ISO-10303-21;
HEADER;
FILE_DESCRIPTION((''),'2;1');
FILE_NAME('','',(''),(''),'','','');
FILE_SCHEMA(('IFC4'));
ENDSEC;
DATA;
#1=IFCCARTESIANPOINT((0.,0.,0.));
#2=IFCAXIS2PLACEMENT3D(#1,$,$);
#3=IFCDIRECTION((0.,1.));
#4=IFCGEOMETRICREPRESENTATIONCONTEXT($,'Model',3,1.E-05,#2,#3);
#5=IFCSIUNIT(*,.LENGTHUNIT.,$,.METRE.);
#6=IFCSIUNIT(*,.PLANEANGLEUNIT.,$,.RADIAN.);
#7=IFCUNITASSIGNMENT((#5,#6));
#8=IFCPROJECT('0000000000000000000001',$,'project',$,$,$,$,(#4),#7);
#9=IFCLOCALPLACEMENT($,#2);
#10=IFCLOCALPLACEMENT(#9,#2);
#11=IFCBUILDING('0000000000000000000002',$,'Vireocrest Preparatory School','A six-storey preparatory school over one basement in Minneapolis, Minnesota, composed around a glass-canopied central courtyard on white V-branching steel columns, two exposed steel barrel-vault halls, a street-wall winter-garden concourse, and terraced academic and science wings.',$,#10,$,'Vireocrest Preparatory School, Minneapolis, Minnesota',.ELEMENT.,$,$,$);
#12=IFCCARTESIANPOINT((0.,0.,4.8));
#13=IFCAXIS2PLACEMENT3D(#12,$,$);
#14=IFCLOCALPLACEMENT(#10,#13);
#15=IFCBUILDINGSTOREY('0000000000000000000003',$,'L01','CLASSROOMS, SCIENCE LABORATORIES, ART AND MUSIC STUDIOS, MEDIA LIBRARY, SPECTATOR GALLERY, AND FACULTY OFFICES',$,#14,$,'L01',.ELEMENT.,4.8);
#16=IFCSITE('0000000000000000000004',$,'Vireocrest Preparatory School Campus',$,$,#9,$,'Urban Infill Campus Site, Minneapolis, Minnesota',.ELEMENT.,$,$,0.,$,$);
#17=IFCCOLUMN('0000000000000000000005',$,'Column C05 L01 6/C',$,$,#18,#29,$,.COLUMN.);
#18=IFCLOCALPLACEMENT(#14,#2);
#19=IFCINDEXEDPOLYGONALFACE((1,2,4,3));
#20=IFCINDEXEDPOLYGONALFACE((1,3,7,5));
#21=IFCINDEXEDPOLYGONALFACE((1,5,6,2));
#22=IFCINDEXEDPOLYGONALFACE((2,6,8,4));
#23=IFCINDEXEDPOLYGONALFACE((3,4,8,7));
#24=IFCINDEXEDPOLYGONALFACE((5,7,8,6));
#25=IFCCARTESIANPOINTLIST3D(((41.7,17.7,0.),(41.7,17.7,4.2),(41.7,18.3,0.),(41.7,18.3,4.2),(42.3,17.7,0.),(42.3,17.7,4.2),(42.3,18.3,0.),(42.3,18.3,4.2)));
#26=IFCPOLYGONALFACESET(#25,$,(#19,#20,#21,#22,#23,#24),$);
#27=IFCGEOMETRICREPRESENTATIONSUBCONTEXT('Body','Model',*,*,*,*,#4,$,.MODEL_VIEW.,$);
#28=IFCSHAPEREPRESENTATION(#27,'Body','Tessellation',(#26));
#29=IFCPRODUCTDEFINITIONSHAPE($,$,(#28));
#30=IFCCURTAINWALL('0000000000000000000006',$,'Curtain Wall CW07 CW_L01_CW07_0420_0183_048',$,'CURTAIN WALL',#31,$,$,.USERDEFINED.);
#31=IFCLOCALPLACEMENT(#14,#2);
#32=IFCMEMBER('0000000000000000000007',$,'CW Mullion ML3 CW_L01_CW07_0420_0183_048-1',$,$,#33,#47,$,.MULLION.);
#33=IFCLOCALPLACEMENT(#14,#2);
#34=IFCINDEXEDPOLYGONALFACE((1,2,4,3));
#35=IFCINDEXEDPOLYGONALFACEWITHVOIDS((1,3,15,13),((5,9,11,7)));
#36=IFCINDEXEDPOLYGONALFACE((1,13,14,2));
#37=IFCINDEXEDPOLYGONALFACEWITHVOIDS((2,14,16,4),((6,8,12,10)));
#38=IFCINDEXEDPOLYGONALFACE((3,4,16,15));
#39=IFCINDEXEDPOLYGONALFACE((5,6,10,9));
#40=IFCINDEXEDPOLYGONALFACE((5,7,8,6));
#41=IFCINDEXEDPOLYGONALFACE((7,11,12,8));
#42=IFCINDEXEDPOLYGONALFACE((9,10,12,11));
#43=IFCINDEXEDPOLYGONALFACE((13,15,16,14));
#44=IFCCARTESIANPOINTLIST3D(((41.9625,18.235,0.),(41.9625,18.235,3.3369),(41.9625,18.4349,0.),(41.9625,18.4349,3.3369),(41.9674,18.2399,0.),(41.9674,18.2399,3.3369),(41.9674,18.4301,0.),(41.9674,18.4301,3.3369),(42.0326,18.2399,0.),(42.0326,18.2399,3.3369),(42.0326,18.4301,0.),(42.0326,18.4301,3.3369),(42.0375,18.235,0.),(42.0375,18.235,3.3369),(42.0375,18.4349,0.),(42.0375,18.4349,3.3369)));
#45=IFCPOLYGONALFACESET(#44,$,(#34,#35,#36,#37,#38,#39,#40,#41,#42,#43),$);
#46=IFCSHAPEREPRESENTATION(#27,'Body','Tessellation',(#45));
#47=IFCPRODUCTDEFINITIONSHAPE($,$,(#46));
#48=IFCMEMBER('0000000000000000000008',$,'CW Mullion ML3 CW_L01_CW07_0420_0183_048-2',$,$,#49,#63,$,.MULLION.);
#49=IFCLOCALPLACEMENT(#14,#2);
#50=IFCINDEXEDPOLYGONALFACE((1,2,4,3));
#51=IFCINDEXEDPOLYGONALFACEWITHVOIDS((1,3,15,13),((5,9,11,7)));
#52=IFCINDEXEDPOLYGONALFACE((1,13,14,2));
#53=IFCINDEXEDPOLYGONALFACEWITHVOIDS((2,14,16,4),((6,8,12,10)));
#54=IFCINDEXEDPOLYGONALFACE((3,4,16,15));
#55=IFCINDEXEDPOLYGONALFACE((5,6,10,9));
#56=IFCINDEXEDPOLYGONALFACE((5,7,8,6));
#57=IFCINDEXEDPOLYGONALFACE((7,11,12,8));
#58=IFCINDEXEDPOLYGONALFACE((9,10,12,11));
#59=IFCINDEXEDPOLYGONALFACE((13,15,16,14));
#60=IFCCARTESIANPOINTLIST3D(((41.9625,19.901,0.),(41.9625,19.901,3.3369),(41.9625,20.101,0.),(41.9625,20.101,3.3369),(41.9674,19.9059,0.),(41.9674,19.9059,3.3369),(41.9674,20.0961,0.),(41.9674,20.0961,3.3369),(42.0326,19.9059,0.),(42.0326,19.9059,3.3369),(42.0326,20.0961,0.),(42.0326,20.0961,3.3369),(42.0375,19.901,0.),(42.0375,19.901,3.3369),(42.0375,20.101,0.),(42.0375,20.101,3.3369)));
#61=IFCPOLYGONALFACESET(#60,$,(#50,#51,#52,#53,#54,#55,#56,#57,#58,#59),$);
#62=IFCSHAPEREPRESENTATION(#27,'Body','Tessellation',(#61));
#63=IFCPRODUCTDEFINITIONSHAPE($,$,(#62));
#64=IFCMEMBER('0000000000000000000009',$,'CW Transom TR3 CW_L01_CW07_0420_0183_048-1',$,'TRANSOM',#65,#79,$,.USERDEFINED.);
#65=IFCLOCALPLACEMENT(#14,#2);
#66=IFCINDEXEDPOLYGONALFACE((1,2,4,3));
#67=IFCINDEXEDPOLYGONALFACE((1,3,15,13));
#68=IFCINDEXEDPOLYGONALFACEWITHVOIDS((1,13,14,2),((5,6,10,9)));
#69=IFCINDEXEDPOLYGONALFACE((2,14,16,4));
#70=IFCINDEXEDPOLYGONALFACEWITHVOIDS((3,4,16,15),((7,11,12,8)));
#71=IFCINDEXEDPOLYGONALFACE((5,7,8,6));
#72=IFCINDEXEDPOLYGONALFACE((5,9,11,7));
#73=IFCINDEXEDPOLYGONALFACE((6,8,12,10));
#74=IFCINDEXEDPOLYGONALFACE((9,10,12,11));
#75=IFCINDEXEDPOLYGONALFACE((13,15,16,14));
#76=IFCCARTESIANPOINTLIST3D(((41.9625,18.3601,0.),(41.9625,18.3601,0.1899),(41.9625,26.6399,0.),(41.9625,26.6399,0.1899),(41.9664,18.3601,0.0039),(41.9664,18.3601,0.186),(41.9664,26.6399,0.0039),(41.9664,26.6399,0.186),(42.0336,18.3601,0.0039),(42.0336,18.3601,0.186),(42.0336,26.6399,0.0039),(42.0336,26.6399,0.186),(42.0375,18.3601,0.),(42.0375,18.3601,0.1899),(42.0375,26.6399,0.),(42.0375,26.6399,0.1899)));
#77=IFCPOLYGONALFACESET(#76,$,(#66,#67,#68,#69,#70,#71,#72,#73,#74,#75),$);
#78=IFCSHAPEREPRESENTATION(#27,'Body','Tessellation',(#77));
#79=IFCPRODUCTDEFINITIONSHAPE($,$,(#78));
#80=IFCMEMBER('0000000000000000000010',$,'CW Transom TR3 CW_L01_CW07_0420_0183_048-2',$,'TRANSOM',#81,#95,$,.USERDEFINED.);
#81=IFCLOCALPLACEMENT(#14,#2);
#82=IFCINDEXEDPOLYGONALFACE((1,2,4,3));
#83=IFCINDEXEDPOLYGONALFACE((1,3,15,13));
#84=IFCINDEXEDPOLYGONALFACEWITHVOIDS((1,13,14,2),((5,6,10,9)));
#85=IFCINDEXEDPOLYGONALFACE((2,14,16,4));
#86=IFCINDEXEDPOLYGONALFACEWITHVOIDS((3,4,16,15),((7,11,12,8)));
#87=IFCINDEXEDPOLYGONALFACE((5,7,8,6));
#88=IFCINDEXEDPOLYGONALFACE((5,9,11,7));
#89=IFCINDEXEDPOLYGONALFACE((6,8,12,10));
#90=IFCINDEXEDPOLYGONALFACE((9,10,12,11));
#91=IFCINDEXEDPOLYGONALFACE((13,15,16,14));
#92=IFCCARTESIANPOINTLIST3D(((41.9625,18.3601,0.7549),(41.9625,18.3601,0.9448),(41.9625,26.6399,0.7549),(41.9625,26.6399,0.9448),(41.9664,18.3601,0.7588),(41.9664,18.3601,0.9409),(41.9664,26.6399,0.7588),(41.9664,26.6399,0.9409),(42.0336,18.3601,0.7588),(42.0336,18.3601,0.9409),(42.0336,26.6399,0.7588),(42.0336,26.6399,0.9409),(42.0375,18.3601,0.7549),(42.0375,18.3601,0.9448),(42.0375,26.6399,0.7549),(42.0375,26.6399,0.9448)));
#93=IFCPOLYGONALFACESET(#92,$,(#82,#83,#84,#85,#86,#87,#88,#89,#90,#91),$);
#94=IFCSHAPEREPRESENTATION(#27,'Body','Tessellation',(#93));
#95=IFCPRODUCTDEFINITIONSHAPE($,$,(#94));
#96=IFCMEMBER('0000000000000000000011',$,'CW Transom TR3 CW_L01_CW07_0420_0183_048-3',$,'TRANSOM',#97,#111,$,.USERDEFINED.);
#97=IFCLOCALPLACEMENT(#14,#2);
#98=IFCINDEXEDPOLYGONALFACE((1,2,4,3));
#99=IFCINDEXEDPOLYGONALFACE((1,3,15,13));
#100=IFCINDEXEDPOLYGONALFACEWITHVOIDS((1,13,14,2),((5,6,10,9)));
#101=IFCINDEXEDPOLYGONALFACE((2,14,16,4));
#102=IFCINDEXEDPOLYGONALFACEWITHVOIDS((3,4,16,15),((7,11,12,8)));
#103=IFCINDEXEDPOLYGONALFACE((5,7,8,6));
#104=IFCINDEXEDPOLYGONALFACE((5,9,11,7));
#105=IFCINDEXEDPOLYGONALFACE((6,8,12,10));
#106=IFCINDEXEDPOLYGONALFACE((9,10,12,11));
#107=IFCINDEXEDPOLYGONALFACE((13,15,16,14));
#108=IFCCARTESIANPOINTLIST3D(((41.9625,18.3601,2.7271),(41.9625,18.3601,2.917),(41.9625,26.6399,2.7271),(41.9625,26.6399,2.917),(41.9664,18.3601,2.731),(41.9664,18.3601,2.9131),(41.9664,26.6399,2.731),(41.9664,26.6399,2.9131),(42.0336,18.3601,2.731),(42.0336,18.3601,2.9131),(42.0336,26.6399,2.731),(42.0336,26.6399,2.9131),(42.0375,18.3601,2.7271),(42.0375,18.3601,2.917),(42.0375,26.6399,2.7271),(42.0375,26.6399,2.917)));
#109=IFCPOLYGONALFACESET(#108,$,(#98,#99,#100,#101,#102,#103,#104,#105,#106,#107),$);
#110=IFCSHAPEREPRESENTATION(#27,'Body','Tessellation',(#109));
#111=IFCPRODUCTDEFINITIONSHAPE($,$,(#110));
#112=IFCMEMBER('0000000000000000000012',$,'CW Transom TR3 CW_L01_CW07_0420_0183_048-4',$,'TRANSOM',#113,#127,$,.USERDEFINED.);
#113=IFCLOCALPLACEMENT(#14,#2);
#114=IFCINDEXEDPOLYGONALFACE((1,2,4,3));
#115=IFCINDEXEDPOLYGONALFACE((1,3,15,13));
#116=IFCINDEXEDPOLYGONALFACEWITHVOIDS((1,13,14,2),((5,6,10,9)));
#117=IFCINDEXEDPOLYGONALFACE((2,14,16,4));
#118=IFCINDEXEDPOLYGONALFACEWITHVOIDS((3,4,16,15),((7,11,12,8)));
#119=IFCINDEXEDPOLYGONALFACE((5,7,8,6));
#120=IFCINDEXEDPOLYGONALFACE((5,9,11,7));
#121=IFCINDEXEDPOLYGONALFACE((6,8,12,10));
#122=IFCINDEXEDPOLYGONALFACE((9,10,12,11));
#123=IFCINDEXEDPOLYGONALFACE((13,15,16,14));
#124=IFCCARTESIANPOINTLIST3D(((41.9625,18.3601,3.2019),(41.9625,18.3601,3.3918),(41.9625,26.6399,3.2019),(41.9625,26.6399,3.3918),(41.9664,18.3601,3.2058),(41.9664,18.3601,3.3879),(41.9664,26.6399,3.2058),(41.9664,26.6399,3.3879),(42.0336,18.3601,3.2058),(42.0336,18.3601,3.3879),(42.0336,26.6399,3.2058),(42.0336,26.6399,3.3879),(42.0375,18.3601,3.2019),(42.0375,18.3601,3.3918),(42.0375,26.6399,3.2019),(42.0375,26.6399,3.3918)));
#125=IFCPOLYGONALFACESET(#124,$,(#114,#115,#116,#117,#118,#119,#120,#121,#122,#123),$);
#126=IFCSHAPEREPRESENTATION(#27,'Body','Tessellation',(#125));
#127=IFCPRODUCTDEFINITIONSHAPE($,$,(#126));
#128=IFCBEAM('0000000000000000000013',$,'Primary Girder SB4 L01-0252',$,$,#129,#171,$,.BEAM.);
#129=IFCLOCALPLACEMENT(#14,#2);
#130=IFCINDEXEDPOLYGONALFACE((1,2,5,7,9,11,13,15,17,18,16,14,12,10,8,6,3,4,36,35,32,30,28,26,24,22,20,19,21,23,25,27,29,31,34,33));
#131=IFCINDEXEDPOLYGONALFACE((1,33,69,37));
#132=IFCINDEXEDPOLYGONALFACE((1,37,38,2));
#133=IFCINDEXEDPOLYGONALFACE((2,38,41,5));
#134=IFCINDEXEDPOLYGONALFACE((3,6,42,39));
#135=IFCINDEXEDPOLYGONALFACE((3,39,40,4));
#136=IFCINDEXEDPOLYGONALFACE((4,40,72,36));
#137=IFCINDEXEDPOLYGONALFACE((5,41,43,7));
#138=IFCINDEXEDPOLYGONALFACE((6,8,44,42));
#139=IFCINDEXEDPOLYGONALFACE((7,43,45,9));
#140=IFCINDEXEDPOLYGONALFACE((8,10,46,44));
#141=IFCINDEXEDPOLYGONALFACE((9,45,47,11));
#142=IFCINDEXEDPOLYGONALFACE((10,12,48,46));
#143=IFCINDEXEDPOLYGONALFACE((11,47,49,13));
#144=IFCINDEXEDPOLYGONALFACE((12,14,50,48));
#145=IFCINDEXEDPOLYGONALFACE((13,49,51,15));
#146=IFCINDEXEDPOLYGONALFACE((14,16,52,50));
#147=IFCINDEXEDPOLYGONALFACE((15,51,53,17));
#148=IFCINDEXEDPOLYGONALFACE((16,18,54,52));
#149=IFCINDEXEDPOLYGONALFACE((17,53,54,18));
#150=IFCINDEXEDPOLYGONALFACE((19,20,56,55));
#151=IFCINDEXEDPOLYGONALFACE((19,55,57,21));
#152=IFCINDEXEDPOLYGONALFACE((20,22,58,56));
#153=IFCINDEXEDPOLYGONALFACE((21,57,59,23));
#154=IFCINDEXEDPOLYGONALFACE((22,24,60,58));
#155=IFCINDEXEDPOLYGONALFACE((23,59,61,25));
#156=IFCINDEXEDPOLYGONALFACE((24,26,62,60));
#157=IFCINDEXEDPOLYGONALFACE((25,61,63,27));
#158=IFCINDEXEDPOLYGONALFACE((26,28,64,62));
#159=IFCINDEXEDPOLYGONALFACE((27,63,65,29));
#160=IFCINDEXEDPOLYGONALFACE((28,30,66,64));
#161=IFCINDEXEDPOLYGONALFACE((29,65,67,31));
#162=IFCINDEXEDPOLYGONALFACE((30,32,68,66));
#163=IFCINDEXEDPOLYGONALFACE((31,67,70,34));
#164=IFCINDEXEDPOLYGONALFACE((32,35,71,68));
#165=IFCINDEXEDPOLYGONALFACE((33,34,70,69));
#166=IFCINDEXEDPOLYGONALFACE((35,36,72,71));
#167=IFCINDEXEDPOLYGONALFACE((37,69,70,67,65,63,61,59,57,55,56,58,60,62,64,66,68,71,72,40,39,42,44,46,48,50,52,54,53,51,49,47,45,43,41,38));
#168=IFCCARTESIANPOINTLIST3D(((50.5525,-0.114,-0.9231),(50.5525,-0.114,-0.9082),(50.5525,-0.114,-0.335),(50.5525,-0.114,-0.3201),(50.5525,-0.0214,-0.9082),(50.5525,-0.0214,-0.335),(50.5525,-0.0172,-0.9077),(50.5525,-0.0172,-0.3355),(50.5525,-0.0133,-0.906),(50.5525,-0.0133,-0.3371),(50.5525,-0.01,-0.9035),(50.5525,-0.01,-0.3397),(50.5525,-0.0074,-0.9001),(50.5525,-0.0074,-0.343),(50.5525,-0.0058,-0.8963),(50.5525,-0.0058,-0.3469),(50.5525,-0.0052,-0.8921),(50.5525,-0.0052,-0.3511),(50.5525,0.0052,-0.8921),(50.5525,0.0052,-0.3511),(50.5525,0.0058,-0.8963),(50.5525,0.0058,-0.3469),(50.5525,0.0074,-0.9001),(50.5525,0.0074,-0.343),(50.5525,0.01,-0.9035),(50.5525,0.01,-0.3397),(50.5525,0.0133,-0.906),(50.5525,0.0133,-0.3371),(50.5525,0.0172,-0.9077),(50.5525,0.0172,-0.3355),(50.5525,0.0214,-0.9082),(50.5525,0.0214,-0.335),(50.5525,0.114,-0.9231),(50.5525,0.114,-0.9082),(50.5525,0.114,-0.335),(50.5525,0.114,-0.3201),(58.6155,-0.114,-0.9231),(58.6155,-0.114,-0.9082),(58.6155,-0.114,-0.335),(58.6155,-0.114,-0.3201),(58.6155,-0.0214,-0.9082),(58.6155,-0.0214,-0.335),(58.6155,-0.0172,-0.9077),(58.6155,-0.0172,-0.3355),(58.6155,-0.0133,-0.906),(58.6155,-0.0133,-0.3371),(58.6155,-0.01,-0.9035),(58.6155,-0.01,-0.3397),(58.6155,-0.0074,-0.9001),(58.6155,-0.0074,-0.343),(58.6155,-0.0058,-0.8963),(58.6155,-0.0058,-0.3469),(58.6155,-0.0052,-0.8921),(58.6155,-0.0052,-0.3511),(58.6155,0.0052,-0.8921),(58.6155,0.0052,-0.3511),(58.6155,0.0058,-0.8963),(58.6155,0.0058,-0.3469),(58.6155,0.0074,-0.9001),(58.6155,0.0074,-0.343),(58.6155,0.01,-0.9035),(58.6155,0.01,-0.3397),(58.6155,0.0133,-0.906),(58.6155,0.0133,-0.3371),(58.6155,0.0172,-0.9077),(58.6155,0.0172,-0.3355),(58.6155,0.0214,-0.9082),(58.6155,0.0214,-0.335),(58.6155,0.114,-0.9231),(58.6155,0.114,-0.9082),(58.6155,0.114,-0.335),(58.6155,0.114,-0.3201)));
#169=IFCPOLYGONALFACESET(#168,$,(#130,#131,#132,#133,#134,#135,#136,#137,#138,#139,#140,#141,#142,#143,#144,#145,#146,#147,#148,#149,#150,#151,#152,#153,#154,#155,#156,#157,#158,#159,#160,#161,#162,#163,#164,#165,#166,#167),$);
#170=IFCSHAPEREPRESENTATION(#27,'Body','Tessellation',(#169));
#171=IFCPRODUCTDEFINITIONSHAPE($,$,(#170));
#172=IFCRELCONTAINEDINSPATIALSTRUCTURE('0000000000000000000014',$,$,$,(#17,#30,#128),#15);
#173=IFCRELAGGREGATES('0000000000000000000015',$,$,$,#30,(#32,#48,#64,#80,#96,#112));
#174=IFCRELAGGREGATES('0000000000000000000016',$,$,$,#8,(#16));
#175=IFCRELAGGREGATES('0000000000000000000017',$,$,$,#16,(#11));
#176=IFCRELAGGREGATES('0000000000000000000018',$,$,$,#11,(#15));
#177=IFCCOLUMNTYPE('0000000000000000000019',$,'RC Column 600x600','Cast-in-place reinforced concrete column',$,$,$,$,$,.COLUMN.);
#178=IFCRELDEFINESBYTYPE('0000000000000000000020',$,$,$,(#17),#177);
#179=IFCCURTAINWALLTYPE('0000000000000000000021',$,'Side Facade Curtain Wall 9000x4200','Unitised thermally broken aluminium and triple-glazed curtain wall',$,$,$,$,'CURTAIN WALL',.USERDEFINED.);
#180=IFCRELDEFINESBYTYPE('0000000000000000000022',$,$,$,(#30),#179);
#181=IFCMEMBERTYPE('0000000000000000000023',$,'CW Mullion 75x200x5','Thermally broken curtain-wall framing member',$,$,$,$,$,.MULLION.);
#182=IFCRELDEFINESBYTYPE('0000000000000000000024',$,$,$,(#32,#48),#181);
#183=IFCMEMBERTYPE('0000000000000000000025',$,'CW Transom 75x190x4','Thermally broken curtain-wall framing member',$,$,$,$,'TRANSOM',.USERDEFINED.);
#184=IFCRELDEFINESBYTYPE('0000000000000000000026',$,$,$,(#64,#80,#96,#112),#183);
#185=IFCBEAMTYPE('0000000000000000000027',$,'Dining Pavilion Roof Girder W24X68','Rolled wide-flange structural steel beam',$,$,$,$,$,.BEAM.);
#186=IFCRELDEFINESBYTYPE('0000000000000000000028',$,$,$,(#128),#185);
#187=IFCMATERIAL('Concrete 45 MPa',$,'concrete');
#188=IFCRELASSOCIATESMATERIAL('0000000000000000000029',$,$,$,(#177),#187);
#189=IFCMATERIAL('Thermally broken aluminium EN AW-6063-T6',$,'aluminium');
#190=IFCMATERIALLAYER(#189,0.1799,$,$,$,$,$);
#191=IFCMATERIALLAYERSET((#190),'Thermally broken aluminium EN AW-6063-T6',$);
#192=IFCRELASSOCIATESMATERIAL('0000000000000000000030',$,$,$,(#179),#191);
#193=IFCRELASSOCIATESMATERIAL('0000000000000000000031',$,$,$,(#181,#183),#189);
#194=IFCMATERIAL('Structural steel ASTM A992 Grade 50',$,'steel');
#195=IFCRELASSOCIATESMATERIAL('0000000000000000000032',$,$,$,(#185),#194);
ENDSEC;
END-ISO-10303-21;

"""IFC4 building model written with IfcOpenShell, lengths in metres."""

from ifc_helpers import new_model, si_unit, direction, frame, origin, origin_2d, place, context, subcontext, project, spatial, rectangle, hollow_rectangle, i_section, extrude, material, layer, layer_set, material_profile, profile_set, type_object, element, aggregate, save


model = new_model("IFC4")

# Units and contexts
model_context = context("Model", 3, precision=1e-05, world=origin(), true_north=direction((0.0, 1.0)))
body_context = subcontext(model_context, "Body", "Model", "MODEL_VIEW")
ifc_project = project(units=[si_unit("LENGTHUNIT", "METRE"), si_unit("PLANEANGLEUNIT", "RADIAN")], contexts=[model_context])

# Site, building, storey
site_placement = place(None, origin())
site = spatial("IfcSite", under=ifc_project, at=site_placement, Name="Vireocrest Preparatory School Campus", LongName="Urban Infill Campus Site, Minneapolis, Minnesota", CompositionType="ELEMENT", RefElevation=0.0)
building_placement = place(site_placement, origin())
building = spatial("IfcBuilding", under=site, at=building_placement, Name="Vireocrest Preparatory School", Description="A six-storey preparatory school over one basement in Minneapolis, Minnesota, composed around a glass-canopied central courtyard on white V-branching steel columns, two exposed steel barrel-vault halls, a street-wall winter-garden concourse, and terraced academic and science wings.", LongName="Vireocrest Preparatory School, Minneapolis, Minnesota", CompositionType="ELEMENT")
storey_placement = place(building_placement, frame((0.0, 0.0, 4.8)))
storey = spatial("IfcBuildingStorey", under=building, at=storey_placement, Name="L01", Description="CLASSROOMS, SCIENCE LABORATORIES, ART AND MUSIC STUDIOS, MEDIA LIBRARY, SPECTATOR GALLERY, AND FACULTY OFFICES", LongName="L01", CompositionType="ELEMENT", Elevation=4.8)

# Column
ifc_material_1 = material(Name="Concrete 45 MPa", Category="concrete")
ifc_material_profile_1 = material_profile(ifc_material_1, rectangle(XDim=0.6001, YDim=0.6001, at=origin_2d()), Name="RC 600x600")
ifc_profile_set_1 = profile_set([ifc_material_profile_1], Name="Concrete 45 MPa")
column_type = type_object("IfcColumnType", Name="RC Column 600x600", Description="Cast-in-place reinforced concrete column", PredefinedType="COLUMN", material=ifc_profile_set_1)
column_placement = place(storey_placement, frame((42.0, 18.0, 0.0), z_axis=(0.0, 0.0, 1.0), x_axis=(1.0, 0.0, 0.0)))
element("IfcColumn", 1, at=column_placement, inside=storey, type_object=column_type, Name="Column C05 L01 6/C", PredefinedType="COLUMN", context=body_context, shape_type="SweptSolid", body=[
    extrude(rectangle(XDim=0.6001, YDim=0.6001, at=origin_2d()), origin(), (0.0, 0.0, 1.0), 4.2),
])

# Curtain wall, members
ifc_material_2 = material(Name="Thermally broken aluminium EN AW-6063-T6", Category="aluminium")
ifc_layer_1 = layer(ifc_material_2, 0.1799)
ifc_layer_set_1 = layer_set([ifc_layer_1], Name="Thermally broken aluminium EN AW-6063-T6")
curtain_wall_type = type_object("IfcCurtainWallType", Name="Side Facade Curtain Wall 9000x4200", Description="Unitised thermally broken aluminium and triple-glazed curtain wall", ElementType="CURTAIN WALL", PredefinedType="USERDEFINED", material=ifc_layer_set_1)
curtain_wall_placement = place(storey_placement, origin())
curtain_wall = element("IfcCurtainWall", 2, at=curtain_wall_placement, inside=storey, type_object=curtain_wall_type, Name="Curtain Wall CW07 CW_L01_CW07_0420_0183_048", ObjectType="CURTAIN WALL", PredefinedType="USERDEFINED")
ifc_material_profile_2 = material_profile(ifc_material_2, hollow_rectangle(XDim=0.075, YDim=0.2, WallThickness=0.0049, at=origin_2d()), Name="ALU 75x200x5")
ifc_profile_set_2 = profile_set([ifc_material_profile_2], Name="Thermally broken aluminium EN AW-6063-T6")
member_type_1 = type_object("IfcMemberType", Name="CW Mullion 75x200x5", Description="Thermally broken curtain-wall framing member", PredefinedType="MULLION", material=ifc_profile_set_2)
member_1_placement = place(storey_placement, frame((42.0, 18.335, 0.0), z_axis=(0.0, 0.0, 1.0), x_axis=(1.0, 0.0, 0.0)))
member_1 = element("IfcMember", 3, at=member_1_placement, type_object=member_type_1, Name="CW Mullion ML3 CW_L01_CW07_0420_0183_048-1", PredefinedType="MULLION", context=body_context, shape_type="SweptSolid", body=[
    extrude(hollow_rectangle(XDim=0.075, YDim=0.2, WallThickness=0.0049, at=origin_2d()), origin(), (0.0, 0.0, 1.0), 3.3369),
])
member_2_placement = place(storey_placement, frame((42.0, 20.001, 0.0), z_axis=(0.0, 0.0, 1.0), x_axis=(1.0, 0.0, 0.0)))
member_2 = element("IfcMember", 4, at=member_2_placement, type_object=member_type_1, Name="CW Mullion ML3 CW_L01_CW07_0420_0183_048-2", PredefinedType="MULLION", context=body_context, shape_type="SweptSolid", body=[
    extrude(hollow_rectangle(XDim=0.075, YDim=0.2, WallThickness=0.0049, at=origin_2d()), origin(), (0.0, 0.0, 1.0), 3.3369),
])
ifc_material_profile_3 = material_profile(ifc_material_2, hollow_rectangle(XDim=0.075, YDim=0.1899, WallThickness=0.0039, at=origin_2d()), Name="ALU 75x190x4")
ifc_profile_set_3 = profile_set([ifc_material_profile_3], Name="Thermally broken aluminium EN AW-6063-T6")
member_type_2 = type_object("IfcMemberType", Name="CW Transom 75x190x4", Description="Thermally broken curtain-wall framing member", ElementType="TRANSOM", PredefinedType="USERDEFINED", material=ifc_profile_set_3)
member_3_placement = place(storey_placement, frame((42.0, 18.3601, 0.095), z_axis=(0.0, 1.0, 0.0), x_axis=(-1.0, 0.0, 0.0)))
member_3 = element("IfcMember", 5, at=member_3_placement, type_object=member_type_2, Name="CW Transom TR3 CW_L01_CW07_0420_0183_048-1", ObjectType="TRANSOM", PredefinedType="USERDEFINED", context=body_context, shape_type="SweptSolid", body=[
    extrude(hollow_rectangle(XDim=0.075, YDim=0.1899, WallThickness=0.0039, at=origin_2d()), origin(), (0.0, 0.0, 1.0), 8.2798),
])
member_4_placement = place(storey_placement, frame((42.0, 18.3601, 0.8499), z_axis=(0.0, 1.0, 0.0), x_axis=(-1.0, 0.0, 0.0)))
member_4 = element("IfcMember", 6, at=member_4_placement, type_object=member_type_2, Name="CW Transom TR3 CW_L01_CW07_0420_0183_048-2", ObjectType="TRANSOM", PredefinedType="USERDEFINED", context=body_context, shape_type="SweptSolid", body=[
    extrude(hollow_rectangle(XDim=0.075, YDim=0.1899, WallThickness=0.0039, at=origin_2d()), origin(), (0.0, 0.0, 1.0), 8.2798),
])
member_5_placement = place(storey_placement, frame((42.0, 18.3601, 2.822), z_axis=(0.0, 1.0, 0.0), x_axis=(-1.0, 0.0, 0.0)))
member_5 = element("IfcMember", 7, at=member_5_placement, type_object=member_type_2, Name="CW Transom TR3 CW_L01_CW07_0420_0183_048-3", ObjectType="TRANSOM", PredefinedType="USERDEFINED", context=body_context, shape_type="SweptSolid", body=[
    extrude(hollow_rectangle(XDim=0.075, YDim=0.1899, WallThickness=0.0039, at=origin_2d()), origin(), (0.0, 0.0, 1.0), 8.2798),
])
member_6_placement = place(storey_placement, frame((42.0, 18.3601, 3.2969), z_axis=(0.0, 1.0, 0.0), x_axis=(-1.0, 0.0, 0.0)))
member_6 = element("IfcMember", 8, at=member_6_placement, type_object=member_type_2, Name="CW Transom TR3 CW_L01_CW07_0420_0183_048-4", ObjectType="TRANSOM", PredefinedType="USERDEFINED", context=body_context, shape_type="SweptSolid", body=[
    extrude(hollow_rectangle(XDim=0.075, YDim=0.1899, WallThickness=0.0039, at=origin_2d()), origin(), (0.0, 0.0, 1.0), 8.2798),
])

# Beam
ifc_material_3 = material(Name="Structural steel ASTM A992 Grade 50", Category="steel")
ifc_material_profile_4 = material_profile(ifc_material_3, i_section(OverallWidth=0.228, OverallDepth=0.603, WebThickness=0.0105, FlangeThickness=0.0149, FilletRadius=0.0161, at=origin_2d()), Name="W24X68")
ifc_profile_set_4 = profile_set([ifc_material_profile_4], Name="Structural steel ASTM A992 Grade 50")
beam_type_1 = type_object("IfcBeamType", Name="Dining Pavilion Roof Girder W24X68", Description="Rolled wide-flange structural steel beam", PredefinedType="BEAM", material=ifc_profile_set_4)
beam_1_placement = place(storey_placement, frame((50.5525, 0.0, -0.6216), z_axis=(1.0, 0.0, 0.0), x_axis=(0.0, 1.0, 0.0)))
element("IfcBeam", 9, at=beam_1_placement, inside=storey, type_object=beam_type_1, Name="Primary Girder SB4 L01-0252", PredefinedType="BEAM", context=body_context, shape_type="SweptSolid", body=[
    extrude(i_section(OverallWidth=0.228, OverallDepth=0.603, WebThickness=0.0105, FlangeThickness=0.0149, FilletRadius=0.0161, at=origin_2d()), origin(), (0.0, 0.0, 1.0), 8.063),
])

aggregate(curtain_wall, [member_1, member_2, member_3, member_4, member_5, member_6])

save(model, "model.ifc")
